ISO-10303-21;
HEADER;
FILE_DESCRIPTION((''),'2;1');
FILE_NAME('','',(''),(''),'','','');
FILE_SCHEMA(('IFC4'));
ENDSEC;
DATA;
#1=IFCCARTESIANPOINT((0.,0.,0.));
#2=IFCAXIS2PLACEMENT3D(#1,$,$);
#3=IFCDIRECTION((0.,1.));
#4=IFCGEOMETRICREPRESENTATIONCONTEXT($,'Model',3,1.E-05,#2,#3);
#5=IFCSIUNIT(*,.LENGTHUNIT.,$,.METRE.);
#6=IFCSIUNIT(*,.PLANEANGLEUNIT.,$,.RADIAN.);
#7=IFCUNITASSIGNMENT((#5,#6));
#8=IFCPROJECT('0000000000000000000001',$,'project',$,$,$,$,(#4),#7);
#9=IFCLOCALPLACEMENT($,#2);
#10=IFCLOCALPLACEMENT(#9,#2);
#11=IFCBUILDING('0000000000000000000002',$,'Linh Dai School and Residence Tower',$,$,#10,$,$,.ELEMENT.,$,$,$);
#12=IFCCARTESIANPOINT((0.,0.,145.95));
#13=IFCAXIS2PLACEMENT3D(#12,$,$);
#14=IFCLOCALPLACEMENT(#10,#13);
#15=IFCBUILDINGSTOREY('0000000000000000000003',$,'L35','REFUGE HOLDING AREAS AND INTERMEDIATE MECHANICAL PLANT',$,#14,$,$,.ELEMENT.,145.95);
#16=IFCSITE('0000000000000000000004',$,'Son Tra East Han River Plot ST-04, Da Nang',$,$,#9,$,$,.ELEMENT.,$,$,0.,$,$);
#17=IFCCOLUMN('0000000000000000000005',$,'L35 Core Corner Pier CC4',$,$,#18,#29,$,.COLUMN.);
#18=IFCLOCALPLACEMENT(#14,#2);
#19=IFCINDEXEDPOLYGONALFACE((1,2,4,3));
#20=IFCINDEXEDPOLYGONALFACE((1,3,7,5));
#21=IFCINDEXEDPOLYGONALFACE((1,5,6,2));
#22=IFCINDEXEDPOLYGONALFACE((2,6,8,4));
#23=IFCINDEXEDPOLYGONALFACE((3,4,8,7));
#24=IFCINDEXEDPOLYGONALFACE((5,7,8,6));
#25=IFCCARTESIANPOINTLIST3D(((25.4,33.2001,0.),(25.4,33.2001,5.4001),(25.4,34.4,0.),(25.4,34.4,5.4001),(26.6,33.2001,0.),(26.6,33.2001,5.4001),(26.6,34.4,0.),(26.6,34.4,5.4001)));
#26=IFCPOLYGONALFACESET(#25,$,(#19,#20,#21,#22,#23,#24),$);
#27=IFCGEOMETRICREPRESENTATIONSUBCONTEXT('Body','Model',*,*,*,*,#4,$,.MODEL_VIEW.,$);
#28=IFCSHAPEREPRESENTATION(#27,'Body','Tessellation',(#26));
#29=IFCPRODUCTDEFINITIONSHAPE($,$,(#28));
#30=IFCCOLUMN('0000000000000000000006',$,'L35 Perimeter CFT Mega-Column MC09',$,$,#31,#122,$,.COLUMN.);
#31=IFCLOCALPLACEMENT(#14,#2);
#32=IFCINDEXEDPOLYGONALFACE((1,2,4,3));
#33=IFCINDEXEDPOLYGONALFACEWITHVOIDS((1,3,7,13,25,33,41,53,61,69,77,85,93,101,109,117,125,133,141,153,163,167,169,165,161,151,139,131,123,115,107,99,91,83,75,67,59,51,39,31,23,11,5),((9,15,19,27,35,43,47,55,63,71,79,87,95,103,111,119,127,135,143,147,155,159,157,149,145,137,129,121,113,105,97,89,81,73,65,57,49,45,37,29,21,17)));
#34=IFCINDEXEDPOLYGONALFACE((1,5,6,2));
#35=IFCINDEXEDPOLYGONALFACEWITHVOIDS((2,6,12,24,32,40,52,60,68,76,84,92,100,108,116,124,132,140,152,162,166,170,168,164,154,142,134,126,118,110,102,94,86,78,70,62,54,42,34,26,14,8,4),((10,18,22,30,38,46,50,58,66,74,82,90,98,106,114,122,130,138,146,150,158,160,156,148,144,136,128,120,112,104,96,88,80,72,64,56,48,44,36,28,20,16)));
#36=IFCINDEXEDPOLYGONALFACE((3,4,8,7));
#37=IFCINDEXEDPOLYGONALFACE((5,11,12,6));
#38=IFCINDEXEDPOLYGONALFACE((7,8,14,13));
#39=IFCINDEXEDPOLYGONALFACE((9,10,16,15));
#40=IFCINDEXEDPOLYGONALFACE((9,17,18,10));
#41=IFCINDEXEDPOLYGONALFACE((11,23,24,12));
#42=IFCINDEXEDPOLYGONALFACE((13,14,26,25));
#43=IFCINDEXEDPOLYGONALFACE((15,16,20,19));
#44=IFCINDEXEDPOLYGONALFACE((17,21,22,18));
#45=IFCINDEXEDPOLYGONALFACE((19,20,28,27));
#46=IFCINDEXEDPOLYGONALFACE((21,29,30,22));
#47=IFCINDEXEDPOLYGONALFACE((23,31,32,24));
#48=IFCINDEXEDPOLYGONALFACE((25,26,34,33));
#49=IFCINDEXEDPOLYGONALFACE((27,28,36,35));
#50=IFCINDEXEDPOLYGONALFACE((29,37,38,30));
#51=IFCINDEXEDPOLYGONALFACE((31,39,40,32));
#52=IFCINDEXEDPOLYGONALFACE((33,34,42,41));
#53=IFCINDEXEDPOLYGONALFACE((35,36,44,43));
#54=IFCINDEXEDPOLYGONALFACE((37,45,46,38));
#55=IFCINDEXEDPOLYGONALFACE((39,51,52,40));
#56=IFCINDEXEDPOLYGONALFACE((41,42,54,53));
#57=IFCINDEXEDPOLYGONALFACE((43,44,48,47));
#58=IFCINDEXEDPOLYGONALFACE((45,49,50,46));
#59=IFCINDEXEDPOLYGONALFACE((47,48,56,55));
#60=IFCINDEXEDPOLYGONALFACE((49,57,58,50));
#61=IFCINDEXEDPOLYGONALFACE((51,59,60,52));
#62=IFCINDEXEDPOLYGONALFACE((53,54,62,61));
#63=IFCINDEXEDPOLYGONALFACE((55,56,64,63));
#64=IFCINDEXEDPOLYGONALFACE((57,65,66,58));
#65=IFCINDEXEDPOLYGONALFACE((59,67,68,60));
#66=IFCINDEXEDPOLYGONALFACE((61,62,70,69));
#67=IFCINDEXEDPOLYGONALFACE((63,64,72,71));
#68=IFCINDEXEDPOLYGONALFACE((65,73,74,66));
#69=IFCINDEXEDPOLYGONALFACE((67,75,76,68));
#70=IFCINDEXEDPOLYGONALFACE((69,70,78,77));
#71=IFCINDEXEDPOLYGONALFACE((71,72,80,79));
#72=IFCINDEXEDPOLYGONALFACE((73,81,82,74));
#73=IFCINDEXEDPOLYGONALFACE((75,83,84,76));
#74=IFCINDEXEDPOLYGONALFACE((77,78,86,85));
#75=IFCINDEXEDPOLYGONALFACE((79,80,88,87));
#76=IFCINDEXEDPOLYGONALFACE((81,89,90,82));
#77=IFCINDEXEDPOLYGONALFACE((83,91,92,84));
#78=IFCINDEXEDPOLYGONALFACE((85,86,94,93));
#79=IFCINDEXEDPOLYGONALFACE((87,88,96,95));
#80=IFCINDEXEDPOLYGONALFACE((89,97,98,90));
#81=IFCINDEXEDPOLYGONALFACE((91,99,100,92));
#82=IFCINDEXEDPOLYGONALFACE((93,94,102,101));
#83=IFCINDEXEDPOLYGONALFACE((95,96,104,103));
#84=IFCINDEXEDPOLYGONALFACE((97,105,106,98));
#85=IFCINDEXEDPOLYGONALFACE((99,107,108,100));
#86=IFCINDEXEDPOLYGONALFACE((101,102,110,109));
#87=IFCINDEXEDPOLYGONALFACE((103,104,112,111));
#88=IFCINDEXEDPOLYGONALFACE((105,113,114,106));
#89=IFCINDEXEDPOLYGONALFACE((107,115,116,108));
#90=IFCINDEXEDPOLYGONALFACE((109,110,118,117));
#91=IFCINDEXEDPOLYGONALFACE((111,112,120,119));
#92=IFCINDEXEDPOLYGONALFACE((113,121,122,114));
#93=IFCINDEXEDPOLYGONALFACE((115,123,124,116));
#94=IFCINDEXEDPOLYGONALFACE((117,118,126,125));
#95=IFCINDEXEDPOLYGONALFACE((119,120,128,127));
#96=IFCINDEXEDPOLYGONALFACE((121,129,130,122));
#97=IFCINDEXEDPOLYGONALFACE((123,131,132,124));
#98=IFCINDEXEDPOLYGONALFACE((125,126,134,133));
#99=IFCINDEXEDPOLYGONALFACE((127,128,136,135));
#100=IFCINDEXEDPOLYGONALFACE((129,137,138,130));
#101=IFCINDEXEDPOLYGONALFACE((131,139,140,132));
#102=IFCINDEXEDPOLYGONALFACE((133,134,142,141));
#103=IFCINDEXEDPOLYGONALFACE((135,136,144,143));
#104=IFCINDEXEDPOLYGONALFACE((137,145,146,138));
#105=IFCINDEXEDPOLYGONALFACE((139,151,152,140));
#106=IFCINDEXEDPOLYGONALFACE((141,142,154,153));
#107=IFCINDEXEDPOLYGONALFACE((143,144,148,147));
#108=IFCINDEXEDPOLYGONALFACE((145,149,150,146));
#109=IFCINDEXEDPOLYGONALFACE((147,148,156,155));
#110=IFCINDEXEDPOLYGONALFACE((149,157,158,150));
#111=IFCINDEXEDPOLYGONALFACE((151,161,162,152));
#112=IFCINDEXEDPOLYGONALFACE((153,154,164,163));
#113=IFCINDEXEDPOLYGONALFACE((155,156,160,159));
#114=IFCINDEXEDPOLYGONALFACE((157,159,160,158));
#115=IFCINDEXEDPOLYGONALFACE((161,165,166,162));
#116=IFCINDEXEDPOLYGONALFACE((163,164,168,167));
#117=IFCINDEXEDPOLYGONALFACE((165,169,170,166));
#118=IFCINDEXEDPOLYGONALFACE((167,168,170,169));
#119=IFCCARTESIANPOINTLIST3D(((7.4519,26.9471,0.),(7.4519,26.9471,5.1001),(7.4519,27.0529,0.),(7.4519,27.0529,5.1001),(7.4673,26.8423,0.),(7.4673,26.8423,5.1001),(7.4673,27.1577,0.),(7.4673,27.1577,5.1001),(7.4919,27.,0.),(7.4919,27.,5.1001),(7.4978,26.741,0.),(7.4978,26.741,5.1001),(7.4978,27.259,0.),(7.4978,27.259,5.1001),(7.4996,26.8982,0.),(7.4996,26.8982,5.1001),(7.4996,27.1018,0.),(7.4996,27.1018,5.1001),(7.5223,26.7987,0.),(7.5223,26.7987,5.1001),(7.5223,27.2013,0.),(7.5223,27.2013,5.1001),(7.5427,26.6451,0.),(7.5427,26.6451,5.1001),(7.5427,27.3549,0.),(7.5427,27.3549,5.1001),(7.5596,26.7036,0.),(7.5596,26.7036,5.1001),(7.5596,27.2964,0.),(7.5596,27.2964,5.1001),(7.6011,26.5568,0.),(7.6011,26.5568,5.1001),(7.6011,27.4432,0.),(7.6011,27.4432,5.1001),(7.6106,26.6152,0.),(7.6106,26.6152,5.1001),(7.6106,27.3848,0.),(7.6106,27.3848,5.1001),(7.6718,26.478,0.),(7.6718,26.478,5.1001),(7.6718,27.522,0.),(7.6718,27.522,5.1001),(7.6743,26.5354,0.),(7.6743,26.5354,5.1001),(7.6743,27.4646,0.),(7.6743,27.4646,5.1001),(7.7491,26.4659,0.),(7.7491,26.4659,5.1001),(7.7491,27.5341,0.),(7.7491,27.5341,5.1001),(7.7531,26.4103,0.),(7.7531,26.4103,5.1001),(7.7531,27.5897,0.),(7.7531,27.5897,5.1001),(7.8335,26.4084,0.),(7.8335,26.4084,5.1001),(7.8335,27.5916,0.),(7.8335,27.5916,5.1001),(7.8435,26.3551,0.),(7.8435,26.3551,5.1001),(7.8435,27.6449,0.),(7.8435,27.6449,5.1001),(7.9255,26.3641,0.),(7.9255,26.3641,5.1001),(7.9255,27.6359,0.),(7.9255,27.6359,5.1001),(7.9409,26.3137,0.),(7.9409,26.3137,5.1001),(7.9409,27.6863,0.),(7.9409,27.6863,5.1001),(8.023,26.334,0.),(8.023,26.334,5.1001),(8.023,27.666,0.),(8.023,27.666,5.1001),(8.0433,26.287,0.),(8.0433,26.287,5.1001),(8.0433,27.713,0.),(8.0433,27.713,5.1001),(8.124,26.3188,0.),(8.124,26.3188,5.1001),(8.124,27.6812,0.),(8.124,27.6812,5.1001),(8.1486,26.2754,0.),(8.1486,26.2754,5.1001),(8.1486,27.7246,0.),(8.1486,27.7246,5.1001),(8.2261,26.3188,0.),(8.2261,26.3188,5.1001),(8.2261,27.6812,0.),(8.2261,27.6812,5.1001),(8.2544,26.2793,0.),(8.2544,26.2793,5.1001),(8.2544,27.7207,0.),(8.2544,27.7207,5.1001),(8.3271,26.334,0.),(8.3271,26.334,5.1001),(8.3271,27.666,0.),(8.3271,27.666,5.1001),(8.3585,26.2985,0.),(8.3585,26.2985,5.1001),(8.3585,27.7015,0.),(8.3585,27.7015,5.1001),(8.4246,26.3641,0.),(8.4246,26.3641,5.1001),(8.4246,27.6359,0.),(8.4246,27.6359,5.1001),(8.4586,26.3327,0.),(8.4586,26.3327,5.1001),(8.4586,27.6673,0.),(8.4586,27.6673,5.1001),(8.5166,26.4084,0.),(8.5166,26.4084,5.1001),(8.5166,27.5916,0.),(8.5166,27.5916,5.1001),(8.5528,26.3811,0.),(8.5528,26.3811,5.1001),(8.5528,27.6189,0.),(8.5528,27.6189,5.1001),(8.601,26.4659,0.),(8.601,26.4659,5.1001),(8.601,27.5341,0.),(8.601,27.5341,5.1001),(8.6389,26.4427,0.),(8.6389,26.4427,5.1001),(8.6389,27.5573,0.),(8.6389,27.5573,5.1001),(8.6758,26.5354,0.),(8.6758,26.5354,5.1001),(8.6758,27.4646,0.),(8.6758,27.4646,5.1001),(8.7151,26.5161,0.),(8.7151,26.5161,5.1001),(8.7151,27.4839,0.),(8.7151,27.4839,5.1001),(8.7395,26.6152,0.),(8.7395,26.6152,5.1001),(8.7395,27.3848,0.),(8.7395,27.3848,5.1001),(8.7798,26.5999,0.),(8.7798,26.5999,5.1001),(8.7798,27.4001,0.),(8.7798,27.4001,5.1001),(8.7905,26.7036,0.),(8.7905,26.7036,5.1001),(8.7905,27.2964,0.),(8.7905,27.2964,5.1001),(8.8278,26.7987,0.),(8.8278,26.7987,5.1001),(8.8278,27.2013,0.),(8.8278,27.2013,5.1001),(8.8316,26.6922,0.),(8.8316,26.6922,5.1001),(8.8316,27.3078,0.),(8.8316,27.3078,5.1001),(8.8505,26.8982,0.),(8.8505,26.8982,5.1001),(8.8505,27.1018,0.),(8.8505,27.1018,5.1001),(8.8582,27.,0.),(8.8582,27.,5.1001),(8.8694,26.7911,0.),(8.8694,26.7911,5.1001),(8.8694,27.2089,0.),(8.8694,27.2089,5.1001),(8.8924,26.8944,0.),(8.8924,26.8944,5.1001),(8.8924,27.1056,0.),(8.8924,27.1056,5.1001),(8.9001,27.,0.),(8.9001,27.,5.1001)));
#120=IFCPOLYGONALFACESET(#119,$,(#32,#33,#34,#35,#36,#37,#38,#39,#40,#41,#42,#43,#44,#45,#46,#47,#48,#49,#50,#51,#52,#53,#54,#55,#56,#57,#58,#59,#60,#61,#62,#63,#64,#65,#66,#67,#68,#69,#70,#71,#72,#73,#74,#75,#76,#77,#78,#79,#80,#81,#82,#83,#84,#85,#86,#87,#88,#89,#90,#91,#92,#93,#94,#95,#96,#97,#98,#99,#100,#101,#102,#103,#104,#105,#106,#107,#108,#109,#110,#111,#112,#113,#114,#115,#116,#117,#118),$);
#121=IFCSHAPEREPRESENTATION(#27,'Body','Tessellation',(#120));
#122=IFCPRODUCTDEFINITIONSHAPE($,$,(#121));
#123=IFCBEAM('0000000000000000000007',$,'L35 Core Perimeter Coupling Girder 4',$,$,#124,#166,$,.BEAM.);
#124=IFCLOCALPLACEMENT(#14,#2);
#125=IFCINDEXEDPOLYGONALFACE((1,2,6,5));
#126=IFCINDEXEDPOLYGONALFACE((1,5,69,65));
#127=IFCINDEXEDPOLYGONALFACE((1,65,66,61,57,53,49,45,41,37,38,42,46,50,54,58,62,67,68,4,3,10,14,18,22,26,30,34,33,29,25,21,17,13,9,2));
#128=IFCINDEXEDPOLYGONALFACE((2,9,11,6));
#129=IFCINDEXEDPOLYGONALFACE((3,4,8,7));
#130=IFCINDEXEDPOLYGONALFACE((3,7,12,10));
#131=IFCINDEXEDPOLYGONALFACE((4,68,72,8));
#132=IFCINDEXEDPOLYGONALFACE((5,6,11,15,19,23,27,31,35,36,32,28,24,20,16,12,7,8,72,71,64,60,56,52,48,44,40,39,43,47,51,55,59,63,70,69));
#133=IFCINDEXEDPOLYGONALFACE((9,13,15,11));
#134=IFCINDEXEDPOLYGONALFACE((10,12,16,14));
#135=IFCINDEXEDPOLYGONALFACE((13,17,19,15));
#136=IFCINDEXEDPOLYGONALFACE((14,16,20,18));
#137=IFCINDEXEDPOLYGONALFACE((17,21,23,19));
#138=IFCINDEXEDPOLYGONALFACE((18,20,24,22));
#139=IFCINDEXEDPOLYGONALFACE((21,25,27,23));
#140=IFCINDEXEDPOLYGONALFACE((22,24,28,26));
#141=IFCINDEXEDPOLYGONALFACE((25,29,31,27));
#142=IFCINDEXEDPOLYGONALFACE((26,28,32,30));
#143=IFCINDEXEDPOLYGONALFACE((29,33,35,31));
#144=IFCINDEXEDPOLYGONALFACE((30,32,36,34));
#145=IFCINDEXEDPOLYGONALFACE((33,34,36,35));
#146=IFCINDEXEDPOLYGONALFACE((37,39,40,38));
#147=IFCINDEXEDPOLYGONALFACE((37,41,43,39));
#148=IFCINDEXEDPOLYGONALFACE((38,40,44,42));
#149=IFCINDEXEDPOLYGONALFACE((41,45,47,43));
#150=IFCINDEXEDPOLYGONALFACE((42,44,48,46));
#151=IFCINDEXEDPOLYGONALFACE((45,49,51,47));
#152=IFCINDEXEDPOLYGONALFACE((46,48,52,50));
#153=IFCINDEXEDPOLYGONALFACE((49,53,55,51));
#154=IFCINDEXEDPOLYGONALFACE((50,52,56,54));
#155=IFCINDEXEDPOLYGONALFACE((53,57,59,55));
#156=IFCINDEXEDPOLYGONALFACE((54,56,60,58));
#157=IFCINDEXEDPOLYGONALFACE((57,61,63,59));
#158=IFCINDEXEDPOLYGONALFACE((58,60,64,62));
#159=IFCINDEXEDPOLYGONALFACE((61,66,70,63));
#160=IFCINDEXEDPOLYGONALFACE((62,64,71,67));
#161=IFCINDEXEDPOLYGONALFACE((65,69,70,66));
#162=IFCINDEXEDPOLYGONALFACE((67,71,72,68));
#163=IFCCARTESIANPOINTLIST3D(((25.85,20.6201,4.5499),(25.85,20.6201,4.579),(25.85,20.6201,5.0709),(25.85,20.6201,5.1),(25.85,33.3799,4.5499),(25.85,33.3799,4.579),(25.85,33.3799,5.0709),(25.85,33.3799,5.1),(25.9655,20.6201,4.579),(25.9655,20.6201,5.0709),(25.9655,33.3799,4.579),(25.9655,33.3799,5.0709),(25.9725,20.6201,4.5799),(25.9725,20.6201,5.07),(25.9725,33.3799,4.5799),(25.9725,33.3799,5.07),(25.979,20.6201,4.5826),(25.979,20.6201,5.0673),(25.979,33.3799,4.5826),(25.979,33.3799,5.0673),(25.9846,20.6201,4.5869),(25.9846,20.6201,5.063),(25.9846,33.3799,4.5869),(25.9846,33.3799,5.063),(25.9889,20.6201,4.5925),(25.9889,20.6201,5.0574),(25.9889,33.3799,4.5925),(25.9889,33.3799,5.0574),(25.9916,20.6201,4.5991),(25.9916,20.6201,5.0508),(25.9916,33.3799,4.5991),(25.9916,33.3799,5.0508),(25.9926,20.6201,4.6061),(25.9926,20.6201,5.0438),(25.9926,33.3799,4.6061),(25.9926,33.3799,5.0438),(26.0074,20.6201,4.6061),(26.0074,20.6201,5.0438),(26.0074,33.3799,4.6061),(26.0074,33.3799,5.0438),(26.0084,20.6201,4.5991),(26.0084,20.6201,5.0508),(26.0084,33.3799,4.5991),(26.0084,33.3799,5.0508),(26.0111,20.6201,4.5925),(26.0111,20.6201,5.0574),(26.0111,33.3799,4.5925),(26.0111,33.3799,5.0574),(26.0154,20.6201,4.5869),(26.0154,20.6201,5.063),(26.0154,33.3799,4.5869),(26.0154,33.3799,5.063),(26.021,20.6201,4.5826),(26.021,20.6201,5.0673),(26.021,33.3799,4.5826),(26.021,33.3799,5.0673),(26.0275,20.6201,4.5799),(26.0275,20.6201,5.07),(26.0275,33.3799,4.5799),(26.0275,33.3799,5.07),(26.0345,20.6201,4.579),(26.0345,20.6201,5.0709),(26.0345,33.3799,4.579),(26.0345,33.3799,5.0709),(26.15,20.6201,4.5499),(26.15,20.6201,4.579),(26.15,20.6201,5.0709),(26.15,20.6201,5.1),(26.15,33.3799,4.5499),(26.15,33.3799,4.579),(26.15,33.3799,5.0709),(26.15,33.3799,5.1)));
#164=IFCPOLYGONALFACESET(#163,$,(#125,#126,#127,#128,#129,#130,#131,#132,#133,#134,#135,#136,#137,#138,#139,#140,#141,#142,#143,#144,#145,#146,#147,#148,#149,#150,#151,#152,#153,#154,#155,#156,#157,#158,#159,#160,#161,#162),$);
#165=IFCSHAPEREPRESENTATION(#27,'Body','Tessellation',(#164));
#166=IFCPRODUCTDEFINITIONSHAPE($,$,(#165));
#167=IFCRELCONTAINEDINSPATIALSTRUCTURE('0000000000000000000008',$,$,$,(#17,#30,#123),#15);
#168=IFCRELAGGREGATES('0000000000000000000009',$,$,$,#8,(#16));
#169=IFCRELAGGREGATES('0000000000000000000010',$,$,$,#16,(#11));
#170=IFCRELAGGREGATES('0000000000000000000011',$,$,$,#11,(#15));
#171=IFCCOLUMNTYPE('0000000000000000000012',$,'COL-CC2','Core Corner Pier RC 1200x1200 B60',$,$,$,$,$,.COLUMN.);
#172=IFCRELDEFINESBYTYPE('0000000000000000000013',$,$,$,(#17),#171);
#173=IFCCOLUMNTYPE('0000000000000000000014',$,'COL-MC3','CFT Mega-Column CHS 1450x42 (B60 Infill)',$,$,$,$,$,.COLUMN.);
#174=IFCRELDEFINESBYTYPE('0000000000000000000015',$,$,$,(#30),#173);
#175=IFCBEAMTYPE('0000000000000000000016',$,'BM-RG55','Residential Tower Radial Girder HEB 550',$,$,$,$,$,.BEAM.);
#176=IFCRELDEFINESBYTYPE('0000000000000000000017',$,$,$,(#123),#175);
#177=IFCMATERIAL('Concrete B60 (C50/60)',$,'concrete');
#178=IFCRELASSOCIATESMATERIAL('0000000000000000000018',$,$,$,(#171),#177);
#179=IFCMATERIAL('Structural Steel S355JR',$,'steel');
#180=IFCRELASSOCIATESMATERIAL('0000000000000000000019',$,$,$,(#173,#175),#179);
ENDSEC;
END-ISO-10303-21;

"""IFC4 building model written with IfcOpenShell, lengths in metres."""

from ifc_helpers import new_model, si_unit, direction, frame, origin, origin_2d, place, context, subcontext, project, spatial, rectangle, hollow_circle, i_section, extrude, material, material_profile, profile_set, type_object, element, save


model = new_model("IFC4")

# Units and contexts
model_context = context("Model", 3, precision=1e-05, world=origin(), true_north=direction((0.0, 1.0)))
body_context = subcontext(model_context, "Body", "Model", "MODEL_VIEW")
ifc_project = project(units=[si_unit("LENGTHUNIT", "METRE"), si_unit("PLANEANGLEUNIT", "RADIAN")], contexts=[model_context])

# Site, building, storey
site_placement = place(None, origin())
site = spatial("IfcSite", under=ifc_project, at=site_placement, Name="Son Tra East Han River Plot ST-04, Da Nang", CompositionType="ELEMENT", RefElevation=0.0)
building_placement = place(site_placement, origin())
building = spatial("IfcBuilding", under=site, at=building_placement, Name="Linh Dai School and Residence Tower", CompositionType="ELEMENT")
storey_placement = place(building_placement, frame((0.0, 0.0, 145.95)))
storey = spatial("IfcBuildingStorey", under=building, at=storey_placement, Name="L35", Description="REFUGE HOLDING AREAS AND INTERMEDIATE MECHANICAL PLANT", CompositionType="ELEMENT", Elevation=145.95)

# Columns
ifc_material_1 = material(Name="Concrete B60 (C50/60)", Category="concrete")
ifc_material_profile_1 = material_profile(ifc_material_1, rectangle(XDim=1.2, YDim=1.2, at=origin_2d()), Name="RC 1200x1200")
ifc_profile_set_1 = profile_set([ifc_material_profile_1], Name="Concrete B60 (C50/60)")
column_type_1 = type_object("IfcColumnType", Name="COL-CC2", Description="Core Corner Pier RC 1200x1200 B60", PredefinedType="COLUMN", material=ifc_profile_set_1)
column_1_placement = place(storey_placement, frame((26.0, 33.8, 0.0), z_axis=(0.0, 0.0, 1.0), x_axis=(1.0, 0.0, 0.0)))
element("IfcColumn", 1, at=column_1_placement, inside=storey, type_object=column_type_1, Name="L35 Core Corner Pier CC4", PredefinedType="COLUMN", context=body_context, shape_type="SweptSolid", body=[
    extrude(rectangle(XDim=1.2, YDim=1.2, at=origin_2d()), origin(), (0.0, 0.0, 1.0), 5.4001),
])
ifc_material_2 = material(Name="Structural Steel S355JR", Category="steel")
ifc_material_profile_2 = material_profile(ifc_material_2, hollow_circle(Radius=0.7251, WallThickness=0.042, at=origin_2d()), Name="CHS 1450x42")
ifc_profile_set_2 = profile_set([ifc_material_profile_2], Name="Structural Steel S355JR")
column_type_2 = type_object("IfcColumnType", Name="COL-MC3", Description="CFT Mega-Column CHS 1450x42 (B60 Infill)", PredefinedType="COLUMN", material=ifc_profile_set_2)
column_2_placement = place(storey_placement, frame((8.175, 27.0, 0.0), z_axis=(0.0, 0.0, 1.0), x_axis=(1.0, 0.0, 0.0)))
element("IfcColumn", 2, at=column_2_placement, inside=storey, type_object=column_type_2, Name="L35 Perimeter CFT Mega-Column MC09", PredefinedType="COLUMN", context=body_context, shape_type="SweptSolid", body=[
    extrude(hollow_circle(Radius=0.7251, WallThickness=0.042, at=origin_2d()), origin(), (0.0, 0.0, 1.0), 5.1001),
])

# Beam
ifc_material_profile_3 = material_profile(ifc_material_2, i_section(OverallWidth=0.3, OverallDepth=0.55, WebThickness=0.0149, FlangeThickness=0.0291, FilletRadius=0.0271, at=origin_2d()), Name="HEB 550")
ifc_profile_set_3 = profile_set([ifc_material_profile_3], Name="Structural Steel S355JR")
beam_type_1 = type_object("IfcBeamType", Name="BM-RG55", Description="Residential Tower Radial Girder HEB 550", PredefinedType="BEAM", material=ifc_profile_set_3)
beam_1_placement = place(storey_placement, frame((26.0, 33.3799, 4.825), z_axis=(0.0, -1.0, 0.0), x_axis=(1.0, 0.0, 0.0)))
element("IfcBeam", 3, at=beam_1_placement, inside=storey, type_object=beam_type_1, Name="L35 Core Perimeter Coupling Girder 4", PredefinedType="BEAM", context=body_context, shape_type="SweptSolid", body=[
    extrude(i_section(OverallWidth=0.3, OverallDepth=0.55, WebThickness=0.0149, FlangeThickness=0.0291, FilletRadius=0.0271, at=origin_2d()), origin(), (0.0, 0.0, 1.0), 12.7598),
])

save(model, "model.ifc")
